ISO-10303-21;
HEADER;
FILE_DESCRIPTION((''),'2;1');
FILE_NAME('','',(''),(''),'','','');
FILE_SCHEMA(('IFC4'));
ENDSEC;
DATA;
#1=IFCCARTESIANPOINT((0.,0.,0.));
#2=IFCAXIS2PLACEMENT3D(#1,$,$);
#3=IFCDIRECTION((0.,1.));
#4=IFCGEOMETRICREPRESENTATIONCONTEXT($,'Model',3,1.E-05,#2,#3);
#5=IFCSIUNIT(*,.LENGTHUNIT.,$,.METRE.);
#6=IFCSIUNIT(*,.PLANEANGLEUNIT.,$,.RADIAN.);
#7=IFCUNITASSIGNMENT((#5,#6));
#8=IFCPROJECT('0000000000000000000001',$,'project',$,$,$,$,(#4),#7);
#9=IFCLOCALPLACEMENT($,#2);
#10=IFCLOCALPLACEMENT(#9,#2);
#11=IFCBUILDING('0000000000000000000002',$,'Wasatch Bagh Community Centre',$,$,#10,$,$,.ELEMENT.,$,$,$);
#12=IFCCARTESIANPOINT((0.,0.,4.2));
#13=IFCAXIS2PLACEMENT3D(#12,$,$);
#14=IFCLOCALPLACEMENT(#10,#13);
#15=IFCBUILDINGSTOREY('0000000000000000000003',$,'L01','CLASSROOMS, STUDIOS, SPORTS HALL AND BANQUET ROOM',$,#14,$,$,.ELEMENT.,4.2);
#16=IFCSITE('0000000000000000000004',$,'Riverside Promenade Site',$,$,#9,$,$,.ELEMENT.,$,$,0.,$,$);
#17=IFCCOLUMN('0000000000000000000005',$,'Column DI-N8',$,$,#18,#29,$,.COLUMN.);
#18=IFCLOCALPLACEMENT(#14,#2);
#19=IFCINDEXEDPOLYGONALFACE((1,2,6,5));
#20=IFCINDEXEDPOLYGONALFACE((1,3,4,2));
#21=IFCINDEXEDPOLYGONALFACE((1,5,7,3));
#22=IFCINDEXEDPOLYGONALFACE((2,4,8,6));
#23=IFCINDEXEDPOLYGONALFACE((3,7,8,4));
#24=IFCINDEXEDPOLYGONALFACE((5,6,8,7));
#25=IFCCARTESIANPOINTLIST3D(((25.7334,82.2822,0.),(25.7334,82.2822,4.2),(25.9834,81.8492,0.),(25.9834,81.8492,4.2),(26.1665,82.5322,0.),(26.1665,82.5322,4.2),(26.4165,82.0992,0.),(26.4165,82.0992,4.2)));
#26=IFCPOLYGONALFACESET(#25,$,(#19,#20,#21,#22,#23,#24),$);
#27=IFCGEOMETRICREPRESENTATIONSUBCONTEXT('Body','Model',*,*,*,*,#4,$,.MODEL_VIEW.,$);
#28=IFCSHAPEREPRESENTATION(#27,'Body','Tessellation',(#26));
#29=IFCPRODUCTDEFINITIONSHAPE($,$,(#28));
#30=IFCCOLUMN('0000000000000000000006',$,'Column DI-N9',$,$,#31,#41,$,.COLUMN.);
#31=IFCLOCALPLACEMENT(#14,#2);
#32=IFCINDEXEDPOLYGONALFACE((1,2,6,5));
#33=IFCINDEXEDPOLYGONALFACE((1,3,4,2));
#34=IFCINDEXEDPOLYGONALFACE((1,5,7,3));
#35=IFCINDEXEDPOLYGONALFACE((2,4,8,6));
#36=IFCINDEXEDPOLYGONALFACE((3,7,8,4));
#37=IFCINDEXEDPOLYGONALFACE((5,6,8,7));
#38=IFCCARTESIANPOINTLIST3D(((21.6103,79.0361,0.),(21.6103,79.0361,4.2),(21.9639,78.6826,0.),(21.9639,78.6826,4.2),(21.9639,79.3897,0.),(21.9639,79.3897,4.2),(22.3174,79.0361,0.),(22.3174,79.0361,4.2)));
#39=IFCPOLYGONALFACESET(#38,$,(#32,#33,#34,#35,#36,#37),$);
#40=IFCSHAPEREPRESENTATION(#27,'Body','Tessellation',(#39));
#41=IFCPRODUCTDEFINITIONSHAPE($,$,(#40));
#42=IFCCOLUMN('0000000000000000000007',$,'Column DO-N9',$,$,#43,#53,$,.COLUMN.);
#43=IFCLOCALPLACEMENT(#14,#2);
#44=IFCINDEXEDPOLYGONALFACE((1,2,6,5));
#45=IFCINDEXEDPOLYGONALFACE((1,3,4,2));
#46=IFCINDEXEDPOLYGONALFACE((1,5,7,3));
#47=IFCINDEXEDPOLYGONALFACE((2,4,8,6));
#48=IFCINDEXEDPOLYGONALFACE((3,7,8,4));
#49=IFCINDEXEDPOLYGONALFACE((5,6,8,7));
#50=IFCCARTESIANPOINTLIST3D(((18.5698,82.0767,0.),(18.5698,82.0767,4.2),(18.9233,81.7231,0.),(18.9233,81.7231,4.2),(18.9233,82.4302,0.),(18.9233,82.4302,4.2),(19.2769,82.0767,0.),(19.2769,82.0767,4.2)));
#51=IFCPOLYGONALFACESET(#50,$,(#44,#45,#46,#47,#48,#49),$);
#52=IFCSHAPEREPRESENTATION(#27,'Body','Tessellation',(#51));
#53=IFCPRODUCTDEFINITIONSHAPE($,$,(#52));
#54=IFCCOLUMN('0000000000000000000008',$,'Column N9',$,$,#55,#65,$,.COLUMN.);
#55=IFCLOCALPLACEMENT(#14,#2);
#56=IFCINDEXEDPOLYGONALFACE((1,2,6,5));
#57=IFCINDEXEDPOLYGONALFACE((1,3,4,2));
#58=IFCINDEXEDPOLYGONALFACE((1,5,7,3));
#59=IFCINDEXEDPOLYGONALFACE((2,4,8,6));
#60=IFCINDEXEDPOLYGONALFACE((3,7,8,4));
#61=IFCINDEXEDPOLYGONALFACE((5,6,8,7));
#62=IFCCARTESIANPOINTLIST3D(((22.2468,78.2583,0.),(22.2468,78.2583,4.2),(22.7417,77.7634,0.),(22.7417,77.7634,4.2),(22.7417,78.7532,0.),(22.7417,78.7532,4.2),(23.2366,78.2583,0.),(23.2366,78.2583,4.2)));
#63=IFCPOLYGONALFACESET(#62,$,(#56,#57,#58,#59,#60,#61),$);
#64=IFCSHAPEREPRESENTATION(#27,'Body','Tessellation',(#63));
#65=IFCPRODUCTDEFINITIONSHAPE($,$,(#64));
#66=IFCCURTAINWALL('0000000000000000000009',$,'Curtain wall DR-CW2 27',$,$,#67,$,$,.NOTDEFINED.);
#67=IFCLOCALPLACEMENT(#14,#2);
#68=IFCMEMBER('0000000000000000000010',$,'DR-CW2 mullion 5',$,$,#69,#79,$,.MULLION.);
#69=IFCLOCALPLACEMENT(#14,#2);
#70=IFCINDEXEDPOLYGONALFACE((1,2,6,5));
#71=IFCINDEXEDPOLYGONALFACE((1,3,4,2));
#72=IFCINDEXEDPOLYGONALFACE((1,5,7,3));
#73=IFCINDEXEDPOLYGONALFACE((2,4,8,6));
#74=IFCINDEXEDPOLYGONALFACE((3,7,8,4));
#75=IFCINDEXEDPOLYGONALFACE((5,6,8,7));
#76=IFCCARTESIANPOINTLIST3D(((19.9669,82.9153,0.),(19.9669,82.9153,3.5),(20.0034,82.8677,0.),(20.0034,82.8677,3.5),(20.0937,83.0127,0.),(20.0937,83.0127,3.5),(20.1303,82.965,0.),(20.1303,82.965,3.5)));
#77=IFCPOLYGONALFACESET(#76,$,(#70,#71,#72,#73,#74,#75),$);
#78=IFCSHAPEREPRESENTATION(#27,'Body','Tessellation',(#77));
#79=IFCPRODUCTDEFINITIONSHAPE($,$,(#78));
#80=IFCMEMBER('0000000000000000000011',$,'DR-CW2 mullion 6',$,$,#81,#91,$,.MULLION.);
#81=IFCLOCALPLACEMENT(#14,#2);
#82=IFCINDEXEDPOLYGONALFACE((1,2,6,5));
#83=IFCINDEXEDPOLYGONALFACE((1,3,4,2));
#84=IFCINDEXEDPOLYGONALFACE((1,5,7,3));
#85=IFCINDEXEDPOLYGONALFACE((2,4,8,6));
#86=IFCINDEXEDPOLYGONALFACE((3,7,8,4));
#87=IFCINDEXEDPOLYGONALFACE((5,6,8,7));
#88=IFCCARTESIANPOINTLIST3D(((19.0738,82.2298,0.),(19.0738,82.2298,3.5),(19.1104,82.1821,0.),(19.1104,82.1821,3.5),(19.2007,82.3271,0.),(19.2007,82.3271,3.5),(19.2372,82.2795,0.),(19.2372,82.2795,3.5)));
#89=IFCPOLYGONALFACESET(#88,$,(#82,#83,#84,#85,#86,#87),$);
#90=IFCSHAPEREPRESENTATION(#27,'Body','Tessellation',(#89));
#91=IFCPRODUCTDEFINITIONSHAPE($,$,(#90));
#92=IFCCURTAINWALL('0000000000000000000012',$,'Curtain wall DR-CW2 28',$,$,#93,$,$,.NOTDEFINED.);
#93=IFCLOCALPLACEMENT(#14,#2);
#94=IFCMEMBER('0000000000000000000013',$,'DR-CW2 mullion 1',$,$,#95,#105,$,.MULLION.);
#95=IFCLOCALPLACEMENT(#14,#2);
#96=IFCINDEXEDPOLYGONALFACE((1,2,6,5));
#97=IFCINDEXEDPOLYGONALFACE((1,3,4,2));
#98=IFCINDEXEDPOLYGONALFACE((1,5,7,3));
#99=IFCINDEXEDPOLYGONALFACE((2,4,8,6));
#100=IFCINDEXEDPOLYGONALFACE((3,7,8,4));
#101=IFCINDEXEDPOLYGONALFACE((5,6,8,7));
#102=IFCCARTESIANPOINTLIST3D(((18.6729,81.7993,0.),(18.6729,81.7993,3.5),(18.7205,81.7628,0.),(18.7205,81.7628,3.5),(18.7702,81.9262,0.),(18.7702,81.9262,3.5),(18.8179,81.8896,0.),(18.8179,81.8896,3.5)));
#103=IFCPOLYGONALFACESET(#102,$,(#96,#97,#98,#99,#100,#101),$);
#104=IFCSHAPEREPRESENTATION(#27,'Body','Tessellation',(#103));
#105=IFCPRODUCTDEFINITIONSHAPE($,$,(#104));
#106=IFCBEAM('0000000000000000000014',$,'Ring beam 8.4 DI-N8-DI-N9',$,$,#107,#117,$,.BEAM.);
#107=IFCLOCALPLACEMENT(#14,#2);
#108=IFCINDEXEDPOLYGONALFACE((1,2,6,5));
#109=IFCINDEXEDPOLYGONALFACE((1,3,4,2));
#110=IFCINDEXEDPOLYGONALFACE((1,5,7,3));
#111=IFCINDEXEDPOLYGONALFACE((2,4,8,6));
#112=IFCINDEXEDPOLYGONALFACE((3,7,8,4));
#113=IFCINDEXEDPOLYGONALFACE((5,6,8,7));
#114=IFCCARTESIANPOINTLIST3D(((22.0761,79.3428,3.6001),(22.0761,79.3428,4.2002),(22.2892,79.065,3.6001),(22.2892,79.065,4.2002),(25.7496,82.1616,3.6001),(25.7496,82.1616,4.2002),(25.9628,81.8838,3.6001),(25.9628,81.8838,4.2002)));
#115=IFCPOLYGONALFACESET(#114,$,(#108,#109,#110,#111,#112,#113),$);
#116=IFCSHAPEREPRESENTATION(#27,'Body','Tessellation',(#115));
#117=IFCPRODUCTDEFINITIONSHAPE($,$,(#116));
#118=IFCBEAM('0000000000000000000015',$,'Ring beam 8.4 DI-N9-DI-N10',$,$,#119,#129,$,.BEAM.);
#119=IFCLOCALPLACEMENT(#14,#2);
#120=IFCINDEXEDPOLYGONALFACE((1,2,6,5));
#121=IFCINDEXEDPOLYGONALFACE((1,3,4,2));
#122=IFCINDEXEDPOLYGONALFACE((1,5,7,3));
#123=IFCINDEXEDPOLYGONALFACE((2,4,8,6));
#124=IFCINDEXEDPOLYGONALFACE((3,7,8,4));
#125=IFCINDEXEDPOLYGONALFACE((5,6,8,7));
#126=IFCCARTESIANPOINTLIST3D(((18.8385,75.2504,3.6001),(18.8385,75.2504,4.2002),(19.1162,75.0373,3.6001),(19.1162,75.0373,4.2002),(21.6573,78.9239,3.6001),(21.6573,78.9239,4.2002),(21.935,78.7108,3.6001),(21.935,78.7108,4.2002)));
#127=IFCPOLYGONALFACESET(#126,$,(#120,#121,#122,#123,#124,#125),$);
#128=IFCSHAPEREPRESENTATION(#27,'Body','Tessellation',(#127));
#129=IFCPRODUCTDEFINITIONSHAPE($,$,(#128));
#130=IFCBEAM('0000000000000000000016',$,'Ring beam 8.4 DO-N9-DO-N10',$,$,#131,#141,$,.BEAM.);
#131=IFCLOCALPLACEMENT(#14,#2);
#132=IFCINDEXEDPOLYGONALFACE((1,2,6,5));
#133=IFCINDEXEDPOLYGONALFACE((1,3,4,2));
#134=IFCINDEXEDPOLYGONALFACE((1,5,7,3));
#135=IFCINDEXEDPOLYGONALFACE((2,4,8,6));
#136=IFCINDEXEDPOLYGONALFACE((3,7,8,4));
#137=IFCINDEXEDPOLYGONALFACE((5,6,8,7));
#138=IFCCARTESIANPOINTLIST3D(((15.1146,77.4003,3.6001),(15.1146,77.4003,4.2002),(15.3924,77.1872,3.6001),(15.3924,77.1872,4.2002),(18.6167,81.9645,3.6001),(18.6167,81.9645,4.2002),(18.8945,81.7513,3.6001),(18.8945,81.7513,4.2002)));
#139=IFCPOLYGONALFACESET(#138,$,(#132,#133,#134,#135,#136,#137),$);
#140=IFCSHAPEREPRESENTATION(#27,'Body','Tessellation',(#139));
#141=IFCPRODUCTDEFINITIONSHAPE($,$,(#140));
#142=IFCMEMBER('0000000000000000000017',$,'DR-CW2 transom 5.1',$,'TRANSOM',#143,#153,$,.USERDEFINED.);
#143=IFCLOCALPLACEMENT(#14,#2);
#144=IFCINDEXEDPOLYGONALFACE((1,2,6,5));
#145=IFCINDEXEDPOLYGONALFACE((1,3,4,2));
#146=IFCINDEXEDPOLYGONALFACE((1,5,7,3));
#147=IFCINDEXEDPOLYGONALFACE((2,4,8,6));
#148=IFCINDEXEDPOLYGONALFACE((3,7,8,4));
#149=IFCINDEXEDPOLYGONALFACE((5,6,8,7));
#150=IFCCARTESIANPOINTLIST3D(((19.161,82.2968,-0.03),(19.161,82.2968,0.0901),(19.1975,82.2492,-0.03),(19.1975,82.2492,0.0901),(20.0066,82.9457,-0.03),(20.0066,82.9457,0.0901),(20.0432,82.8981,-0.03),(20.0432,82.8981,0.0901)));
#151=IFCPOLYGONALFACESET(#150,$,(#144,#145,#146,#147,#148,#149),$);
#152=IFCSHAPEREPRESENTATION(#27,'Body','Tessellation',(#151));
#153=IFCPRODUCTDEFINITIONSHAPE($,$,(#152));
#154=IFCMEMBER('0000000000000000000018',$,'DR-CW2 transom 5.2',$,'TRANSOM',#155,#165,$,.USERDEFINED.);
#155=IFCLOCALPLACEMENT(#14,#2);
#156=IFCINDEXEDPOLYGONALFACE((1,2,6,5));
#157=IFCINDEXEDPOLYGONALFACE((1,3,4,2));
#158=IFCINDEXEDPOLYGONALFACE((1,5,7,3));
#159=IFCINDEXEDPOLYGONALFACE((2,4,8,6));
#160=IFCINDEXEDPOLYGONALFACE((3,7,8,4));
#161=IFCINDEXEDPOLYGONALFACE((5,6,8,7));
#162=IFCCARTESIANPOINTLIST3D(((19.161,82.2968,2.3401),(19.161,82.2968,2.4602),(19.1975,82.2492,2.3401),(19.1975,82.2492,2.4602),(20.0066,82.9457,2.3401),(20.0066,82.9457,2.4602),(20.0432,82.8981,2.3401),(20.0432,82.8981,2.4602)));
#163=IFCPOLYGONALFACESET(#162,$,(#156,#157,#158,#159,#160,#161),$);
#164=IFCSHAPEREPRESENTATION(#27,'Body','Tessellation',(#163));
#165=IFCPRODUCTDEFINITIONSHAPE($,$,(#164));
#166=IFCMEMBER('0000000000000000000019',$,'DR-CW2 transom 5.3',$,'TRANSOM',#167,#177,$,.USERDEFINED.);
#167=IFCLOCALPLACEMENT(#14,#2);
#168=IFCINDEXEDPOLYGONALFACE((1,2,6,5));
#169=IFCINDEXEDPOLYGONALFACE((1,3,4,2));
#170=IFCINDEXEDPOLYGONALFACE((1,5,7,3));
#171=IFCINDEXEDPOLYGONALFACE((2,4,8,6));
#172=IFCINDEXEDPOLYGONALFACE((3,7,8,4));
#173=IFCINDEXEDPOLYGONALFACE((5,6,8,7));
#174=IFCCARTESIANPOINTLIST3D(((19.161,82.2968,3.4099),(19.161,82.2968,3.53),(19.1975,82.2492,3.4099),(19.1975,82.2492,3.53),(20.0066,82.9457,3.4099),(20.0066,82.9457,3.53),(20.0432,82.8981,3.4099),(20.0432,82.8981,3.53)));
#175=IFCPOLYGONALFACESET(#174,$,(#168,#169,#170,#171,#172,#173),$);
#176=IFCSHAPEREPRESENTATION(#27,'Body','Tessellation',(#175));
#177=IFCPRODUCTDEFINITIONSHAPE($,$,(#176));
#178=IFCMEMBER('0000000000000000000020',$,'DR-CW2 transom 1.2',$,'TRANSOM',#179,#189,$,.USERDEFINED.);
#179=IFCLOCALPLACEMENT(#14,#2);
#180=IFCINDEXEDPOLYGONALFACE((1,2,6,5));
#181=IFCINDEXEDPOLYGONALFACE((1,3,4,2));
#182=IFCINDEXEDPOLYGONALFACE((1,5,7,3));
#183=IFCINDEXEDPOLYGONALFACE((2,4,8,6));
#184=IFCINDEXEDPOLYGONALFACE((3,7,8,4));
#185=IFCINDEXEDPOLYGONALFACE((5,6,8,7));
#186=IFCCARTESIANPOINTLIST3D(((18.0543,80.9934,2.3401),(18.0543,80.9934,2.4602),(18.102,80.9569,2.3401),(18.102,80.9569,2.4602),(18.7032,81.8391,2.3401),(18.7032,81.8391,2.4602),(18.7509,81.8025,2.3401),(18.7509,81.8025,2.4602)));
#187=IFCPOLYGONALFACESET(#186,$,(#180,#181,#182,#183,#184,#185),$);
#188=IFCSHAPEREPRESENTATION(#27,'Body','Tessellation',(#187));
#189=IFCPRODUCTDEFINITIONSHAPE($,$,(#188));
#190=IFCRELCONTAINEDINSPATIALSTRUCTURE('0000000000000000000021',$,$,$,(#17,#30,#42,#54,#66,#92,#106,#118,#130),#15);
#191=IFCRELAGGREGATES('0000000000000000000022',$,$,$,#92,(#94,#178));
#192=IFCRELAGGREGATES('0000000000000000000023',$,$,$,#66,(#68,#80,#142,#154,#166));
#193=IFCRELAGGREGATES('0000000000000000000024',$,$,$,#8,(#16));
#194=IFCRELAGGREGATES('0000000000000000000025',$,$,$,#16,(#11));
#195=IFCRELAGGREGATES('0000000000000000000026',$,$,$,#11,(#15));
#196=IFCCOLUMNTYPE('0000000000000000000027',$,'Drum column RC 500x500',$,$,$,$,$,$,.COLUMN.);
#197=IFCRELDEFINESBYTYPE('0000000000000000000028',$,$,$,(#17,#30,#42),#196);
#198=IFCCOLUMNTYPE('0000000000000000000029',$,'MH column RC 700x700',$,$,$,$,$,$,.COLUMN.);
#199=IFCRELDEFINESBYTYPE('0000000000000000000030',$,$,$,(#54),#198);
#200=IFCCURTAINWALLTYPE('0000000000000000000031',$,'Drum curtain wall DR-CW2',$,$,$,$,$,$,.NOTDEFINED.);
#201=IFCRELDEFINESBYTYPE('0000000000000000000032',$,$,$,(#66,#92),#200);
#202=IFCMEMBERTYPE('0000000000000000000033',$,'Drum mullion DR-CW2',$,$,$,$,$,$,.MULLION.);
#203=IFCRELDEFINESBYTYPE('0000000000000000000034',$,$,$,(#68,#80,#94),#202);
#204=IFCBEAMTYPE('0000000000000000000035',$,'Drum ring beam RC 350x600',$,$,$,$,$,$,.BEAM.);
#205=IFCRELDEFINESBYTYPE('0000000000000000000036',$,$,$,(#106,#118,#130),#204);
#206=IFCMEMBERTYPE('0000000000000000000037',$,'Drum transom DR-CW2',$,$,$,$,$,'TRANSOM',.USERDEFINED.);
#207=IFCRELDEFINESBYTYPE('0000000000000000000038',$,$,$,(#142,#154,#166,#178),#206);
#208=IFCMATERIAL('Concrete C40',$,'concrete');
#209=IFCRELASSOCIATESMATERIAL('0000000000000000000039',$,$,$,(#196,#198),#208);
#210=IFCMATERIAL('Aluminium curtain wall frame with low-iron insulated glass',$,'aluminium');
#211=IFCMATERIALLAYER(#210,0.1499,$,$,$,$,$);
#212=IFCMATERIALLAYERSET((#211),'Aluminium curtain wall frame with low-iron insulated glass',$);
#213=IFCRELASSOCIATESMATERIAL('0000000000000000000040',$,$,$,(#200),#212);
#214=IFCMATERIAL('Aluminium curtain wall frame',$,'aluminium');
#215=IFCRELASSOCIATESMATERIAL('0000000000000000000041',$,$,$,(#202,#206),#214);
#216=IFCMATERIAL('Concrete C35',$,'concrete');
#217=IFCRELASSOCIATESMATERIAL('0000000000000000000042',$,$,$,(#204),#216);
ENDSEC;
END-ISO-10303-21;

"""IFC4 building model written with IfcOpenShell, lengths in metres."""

from ifc_helpers import new_model, si_unit, direction, frame, origin, origin_2d, place, context, subcontext, project, spatial, rectangle, extrude, material, layer, layer_set, material_profile, profile_set, type_object, element, aggregate, save


model = new_model("IFC4")

# Units and contexts
model_context = context("Model", 3, precision=1e-05, world=origin(), true_north=direction((0.0, 1.0)))
body_context = subcontext(model_context, "Body", "Model", "MODEL_VIEW")
ifc_project = project(units=[si_unit("LENGTHUNIT", "METRE"), si_unit("PLANEANGLEUNIT", "RADIAN")], contexts=[model_context])

# Site, building, storey
site_placement = place(None, origin())
site = spatial("IfcSite", under=ifc_project, at=site_placement, Name="Riverside Promenade Site", CompositionType="ELEMENT", RefElevation=0.0)
building_placement = place(site_placement, origin())
building = spatial("IfcBuilding", under=site, at=building_placement, Name="Wasatch Bagh Community Centre", CompositionType="ELEMENT")
storey_placement = place(building_placement, frame((0.0, 0.0, 4.2)))
storey = spatial("IfcBuildingStorey", under=building, at=storey_placement, Name="L01", Description="CLASSROOMS, STUDIOS, SPORTS HALL AND BANQUET ROOM", CompositionType="ELEMENT", Elevation=4.2)

# Columns
ifc_material_1 = material(Name="Concrete C40", Category="concrete")
ifc_material_profile_1 = material_profile(ifc_material_1, rectangle(XDim=0.5, YDim=0.5, at=origin_2d()), Name="RC 500x500")
ifc_profile_set_1 = profile_set([ifc_material_profile_1], Name="Concrete C40")
column_type_1 = type_object("IfcColumnType", Name="Drum column RC 500x500", PredefinedType="COLUMN", material=ifc_profile_set_1)
for number, where, z_axis, x_axis, name in (
    (1, (26.075, 82.1907, 0.0), (0.0, 0.0, 1.0), (0.866025, 0.5, 0.0), "Column DI-N8"),
    (2, (21.9639, 79.0361, 0.0), (0.0, 0.0, 1.0), (0.707107, 0.707107, 0.0), "Column DI-N9"),
    (3, (18.9233, 82.0767, 0.0), (0.0, 0.0, 1.0), (0.707107, 0.707107, 0.0), "Column DO-N9"),
):
    element("IfcColumn", number, at=place(storey_placement, frame(where, z_axis=z_axis, x_axis=x_axis)), inside=storey, type_object=column_type_1, Name=name, PredefinedType="COLUMN", context=body_context, shape_type="SweptSolid", body=[
        extrude(rectangle(XDim=0.5, YDim=0.5, at=origin_2d()), origin(), (0.0, 0.0, 1.0), 4.2),
    ])
ifc_material_profile_2 = material_profile(ifc_material_1, rectangle(XDim=0.7, YDim=0.7, at=origin_2d()), Name="RC 700x700")
ifc_profile_set_2 = profile_set([ifc_material_profile_2], Name="Concrete C40")
column_type_2 = type_object("IfcColumnType", Name="MH column RC 700x700", PredefinedType="COLUMN", material=ifc_profile_set_2)
column_placement = place(storey_placement, frame((22.7417, 78.2583, 0.0), z_axis=(0.0, 0.0, 1.0), x_axis=(0.707107, 0.707107, 0.0)))
element("IfcColumn", 4, at=column_placement, inside=storey, type_object=column_type_2, Name="Column N9", PredefinedType="COLUMN", context=body_context, shape_type="SweptSolid", body=[
    extrude(rectangle(XDim=0.7, YDim=0.7, at=origin_2d()), origin(), (0.0, 0.0, 1.0), 4.2),
])

# Curtain wall, members
ifc_material_2 = material(Name="Aluminium curtain wall frame with low-iron insulated glass", Category="aluminium")
ifc_layer_1 = layer(ifc_material_2, 0.1499)
ifc_layer_set_1 = layer_set([ifc_layer_1], Name="Aluminium curtain wall frame with low-iron insulated glass")
curtain_wall_type = type_object("IfcCurtainWallType", Name="Drum curtain wall DR-CW2", PredefinedType="NOTDEFINED", material=ifc_layer_set_1)
curtain_wall_1_placement = place(storey_placement, origin())
curtain_wall_1 = element("IfcCurtainWall", 5, at=curtain_wall_1_placement, inside=storey, type_object=curtain_wall_type, Name="Curtain wall DR-CW2 27", PredefinedType="NOTDEFINED")
ifc_material_3 = material(Name="Aluminium curtain wall frame", Category="aluminium")
ifc_material_profile_3 = material_profile(ifc_material_3, rectangle(XDim=0.0601, YDim=0.1599, at=origin_2d()), Name="Drum mullion DR-CW2")
ifc_profile_set_3 = profile_set([ifc_material_profile_3], Name="Aluminium curtain wall frame")
member_type_1 = type_object("IfcMemberType", Name="Drum mullion DR-CW2", PredefinedType="MULLION", material=ifc_profile_set_3)
member_1_placement = place(storey_placement, frame((20.0486, 82.9402, 0.0), z_axis=(0.0, 0.0, 1.0), x_axis=(0.608761, -0.793353, 0.0)))
member_1 = element("IfcMember", 6, at=member_1_placement, type_object=member_type_1, Name="DR-CW2 mullion 5", PredefinedType="MULLION", context=body_context, shape_type="SweptSolid", body=[
    extrude(rectangle(XDim=0.0601, YDim=0.1599, at=origin_2d()), origin(), (0.0, 0.0, 1.0), 3.5),
])
member_2_placement = place(storey_placement, frame((19.1555, 82.2546, 0.0), z_axis=(0.0, 0.0, 1.0), x_axis=(0.608761, -0.793353, 0.0)))
member_2 = element("IfcMember", 7, at=member_2_placement, type_object=member_type_1, Name="DR-CW2 mullion 6", PredefinedType="MULLION", context=body_context, shape_type="SweptSolid", body=[
    extrude(rectangle(XDim=0.0601, YDim=0.1599, at=origin_2d()), origin(), (0.0, 0.0, 1.0), 3.5),
])

# Curtain wall, member
curtain_wall_2_placement = place(storey_placement, origin())
curtain_wall_2 = element("IfcCurtainWall", 8, at=curtain_wall_2_placement, inside=storey, type_object=curtain_wall_type, Name="Curtain wall DR-CW2 28", PredefinedType="NOTDEFINED")
member_3_placement = place(storey_placement, frame((18.7454, 81.8445, 0.0), z_axis=(0.0, 0.0, 1.0), x_axis=(0.793353, -0.608761, 0.0)))
member_3 = element("IfcMember", 9, at=member_3_placement, type_object=member_type_1, Name="DR-CW2 mullion 1", PredefinedType="MULLION", context=body_context, shape_type="SweptSolid", body=[
    extrude(rectangle(XDim=0.0601, YDim=0.1599, at=origin_2d()), origin(), (0.0, 0.0, 1.0), 3.5),
])

# Beams
ifc_material_4 = material(Name="Concrete C35", Category="concrete")
ifc_material_profile_4 = material_profile(ifc_material_4, rectangle(XDim=0.3501, YDim=0.6001, at=origin_2d()), Name="RC 350x600")
ifc_profile_set_4 = profile_set([ifc_material_profile_4], Name="Concrete C35")
beam_type_1 = type_object("IfcBeamType", Name="Drum ring beam RC 350x600", PredefinedType="BEAM", material=ifc_profile_set_4)
for number, where, z_axis, x_axis, name in (
    (10, (25.8562, 82.0227, 3.9001), (-0.793353, -0.608762, 0.0), (0.608762, -0.793353, 0.0), "Ring beam 8.4 DI-N8-DI-N9"),
    (11, (21.7961, 78.8174, 3.9001), (-0.608762, -0.793353, 0.0), (0.793353, -0.608762, 0.0), "Ring beam 8.4 DI-N9-DI-N10"),
):
    element("IfcBeam", number, at=place(storey_placement, frame(where, z_axis=z_axis, x_axis=x_axis)), inside=storey, type_object=beam_type_1, Name=name, PredefinedType="BEAM", context=body_context, shape_type="SweptSolid", body=[
        extrude(rectangle(XDim=0.3501, YDim=0.6001, at=origin_2d()), origin(), (0.0, 0.0, 1.0), 4.6304),
    ])
beam_1_placement = place(storey_placement, frame((18.7556, 81.8579, 3.9001), z_axis=(-0.608757, -0.793357, 0.0), x_axis=(0.793357, -0.608757, 0.0)))
element("IfcBeam", 12, at=beam_1_placement, inside=storey, type_object=beam_type_1, Name="Ring beam 8.4 DO-N9-DO-N10", PredefinedType="BEAM", context=body_context, shape_type="SweptSolid", body=[
    extrude(rectangle(XDim=0.3501, YDim=0.6001, at=origin_2d()), origin(), (0.0, 0.0, 1.0), 5.7529),
])

# Members
ifc_material_profile_5 = material_profile(ifc_material_3, rectangle(XDim=0.0601, YDim=0.1201, at=origin_2d()), Name="Drum transom DR-CW2")
ifc_profile_set_5 = profile_set([ifc_material_profile_5], Name="Aluminium curtain wall frame")
member_type_2 = type_object("IfcMemberType", Name="Drum transom DR-CW2", ElementType="TRANSOM", PredefinedType="USERDEFINED", material=ifc_profile_set_5)
member_4_placement = place(storey_placement, frame((20.0249, 82.9219, 0.03), z_axis=(-0.793356, -0.608758, 0.0), x_axis=(0.608758, -0.793356, 0.0)))
member_4 = element("IfcMember", 13, at=member_4_placement, type_object=member_type_2, Name="DR-CW2 transom 5.1", ObjectType="TRANSOM", PredefinedType="USERDEFINED", context=body_context, shape_type="SweptSolid", body=[
    extrude(rectangle(XDim=0.0601, YDim=0.1201, at=origin_2d()), origin(), (0.0, 0.0, 1.0), 1.0659),
])
member_5_placement = place(storey_placement, frame((20.0249, 82.9219, 2.4001), z_axis=(-0.793356, -0.608758, 0.0), x_axis=(0.608758, -0.793356, 0.0)))
member_5 = element("IfcMember", 14, at=member_5_placement, type_object=member_type_2, Name="DR-CW2 transom 5.2", ObjectType="TRANSOM", PredefinedType="USERDEFINED", context=body_context, shape_type="SweptSolid", body=[
    extrude(rectangle(XDim=0.0601, YDim=0.1201, at=origin_2d()), origin(), (0.0, 0.0, 1.0), 1.0659),
])
member_6_placement = place(storey_placement, frame((20.0249, 82.9219, 3.47), z_axis=(-0.793356, -0.608758, 0.0), x_axis=(0.608758, -0.793356, 0.0)))
member_6 = element("IfcMember", 15, at=member_6_placement, type_object=member_type_2, Name="DR-CW2 transom 5.3", ObjectType="TRANSOM", PredefinedType="USERDEFINED", context=body_context, shape_type="SweptSolid", body=[
    extrude(rectangle(XDim=0.0601, YDim=0.1201, at=origin_2d()), origin(), (0.0, 0.0, 1.0), 1.0659),
])
member_7_placement = place(storey_placement, frame((18.7271, 81.8208, 2.4001), z_axis=(-0.608758, -0.793356, 0.0), x_axis=(0.793356, -0.608758, 0.0)))
member_7 = element("IfcMember", 16, at=member_7_placement, type_object=member_type_2, Name="DR-CW2 transom 1.2", ObjectType="TRANSOM", PredefinedType="USERDEFINED", context=body_context, shape_type="SweptSolid", body=[
    extrude(rectangle(XDim=0.0601, YDim=0.1201, at=origin_2d()), origin(), (0.0, 0.0, 1.0), 1.0659),
])
aggregate(curtain_wall_2, [member_3, member_7])

aggregate(curtain_wall_1, [member_1, member_2, member_4, member_5, member_6])

save(model, "model.ifc")
